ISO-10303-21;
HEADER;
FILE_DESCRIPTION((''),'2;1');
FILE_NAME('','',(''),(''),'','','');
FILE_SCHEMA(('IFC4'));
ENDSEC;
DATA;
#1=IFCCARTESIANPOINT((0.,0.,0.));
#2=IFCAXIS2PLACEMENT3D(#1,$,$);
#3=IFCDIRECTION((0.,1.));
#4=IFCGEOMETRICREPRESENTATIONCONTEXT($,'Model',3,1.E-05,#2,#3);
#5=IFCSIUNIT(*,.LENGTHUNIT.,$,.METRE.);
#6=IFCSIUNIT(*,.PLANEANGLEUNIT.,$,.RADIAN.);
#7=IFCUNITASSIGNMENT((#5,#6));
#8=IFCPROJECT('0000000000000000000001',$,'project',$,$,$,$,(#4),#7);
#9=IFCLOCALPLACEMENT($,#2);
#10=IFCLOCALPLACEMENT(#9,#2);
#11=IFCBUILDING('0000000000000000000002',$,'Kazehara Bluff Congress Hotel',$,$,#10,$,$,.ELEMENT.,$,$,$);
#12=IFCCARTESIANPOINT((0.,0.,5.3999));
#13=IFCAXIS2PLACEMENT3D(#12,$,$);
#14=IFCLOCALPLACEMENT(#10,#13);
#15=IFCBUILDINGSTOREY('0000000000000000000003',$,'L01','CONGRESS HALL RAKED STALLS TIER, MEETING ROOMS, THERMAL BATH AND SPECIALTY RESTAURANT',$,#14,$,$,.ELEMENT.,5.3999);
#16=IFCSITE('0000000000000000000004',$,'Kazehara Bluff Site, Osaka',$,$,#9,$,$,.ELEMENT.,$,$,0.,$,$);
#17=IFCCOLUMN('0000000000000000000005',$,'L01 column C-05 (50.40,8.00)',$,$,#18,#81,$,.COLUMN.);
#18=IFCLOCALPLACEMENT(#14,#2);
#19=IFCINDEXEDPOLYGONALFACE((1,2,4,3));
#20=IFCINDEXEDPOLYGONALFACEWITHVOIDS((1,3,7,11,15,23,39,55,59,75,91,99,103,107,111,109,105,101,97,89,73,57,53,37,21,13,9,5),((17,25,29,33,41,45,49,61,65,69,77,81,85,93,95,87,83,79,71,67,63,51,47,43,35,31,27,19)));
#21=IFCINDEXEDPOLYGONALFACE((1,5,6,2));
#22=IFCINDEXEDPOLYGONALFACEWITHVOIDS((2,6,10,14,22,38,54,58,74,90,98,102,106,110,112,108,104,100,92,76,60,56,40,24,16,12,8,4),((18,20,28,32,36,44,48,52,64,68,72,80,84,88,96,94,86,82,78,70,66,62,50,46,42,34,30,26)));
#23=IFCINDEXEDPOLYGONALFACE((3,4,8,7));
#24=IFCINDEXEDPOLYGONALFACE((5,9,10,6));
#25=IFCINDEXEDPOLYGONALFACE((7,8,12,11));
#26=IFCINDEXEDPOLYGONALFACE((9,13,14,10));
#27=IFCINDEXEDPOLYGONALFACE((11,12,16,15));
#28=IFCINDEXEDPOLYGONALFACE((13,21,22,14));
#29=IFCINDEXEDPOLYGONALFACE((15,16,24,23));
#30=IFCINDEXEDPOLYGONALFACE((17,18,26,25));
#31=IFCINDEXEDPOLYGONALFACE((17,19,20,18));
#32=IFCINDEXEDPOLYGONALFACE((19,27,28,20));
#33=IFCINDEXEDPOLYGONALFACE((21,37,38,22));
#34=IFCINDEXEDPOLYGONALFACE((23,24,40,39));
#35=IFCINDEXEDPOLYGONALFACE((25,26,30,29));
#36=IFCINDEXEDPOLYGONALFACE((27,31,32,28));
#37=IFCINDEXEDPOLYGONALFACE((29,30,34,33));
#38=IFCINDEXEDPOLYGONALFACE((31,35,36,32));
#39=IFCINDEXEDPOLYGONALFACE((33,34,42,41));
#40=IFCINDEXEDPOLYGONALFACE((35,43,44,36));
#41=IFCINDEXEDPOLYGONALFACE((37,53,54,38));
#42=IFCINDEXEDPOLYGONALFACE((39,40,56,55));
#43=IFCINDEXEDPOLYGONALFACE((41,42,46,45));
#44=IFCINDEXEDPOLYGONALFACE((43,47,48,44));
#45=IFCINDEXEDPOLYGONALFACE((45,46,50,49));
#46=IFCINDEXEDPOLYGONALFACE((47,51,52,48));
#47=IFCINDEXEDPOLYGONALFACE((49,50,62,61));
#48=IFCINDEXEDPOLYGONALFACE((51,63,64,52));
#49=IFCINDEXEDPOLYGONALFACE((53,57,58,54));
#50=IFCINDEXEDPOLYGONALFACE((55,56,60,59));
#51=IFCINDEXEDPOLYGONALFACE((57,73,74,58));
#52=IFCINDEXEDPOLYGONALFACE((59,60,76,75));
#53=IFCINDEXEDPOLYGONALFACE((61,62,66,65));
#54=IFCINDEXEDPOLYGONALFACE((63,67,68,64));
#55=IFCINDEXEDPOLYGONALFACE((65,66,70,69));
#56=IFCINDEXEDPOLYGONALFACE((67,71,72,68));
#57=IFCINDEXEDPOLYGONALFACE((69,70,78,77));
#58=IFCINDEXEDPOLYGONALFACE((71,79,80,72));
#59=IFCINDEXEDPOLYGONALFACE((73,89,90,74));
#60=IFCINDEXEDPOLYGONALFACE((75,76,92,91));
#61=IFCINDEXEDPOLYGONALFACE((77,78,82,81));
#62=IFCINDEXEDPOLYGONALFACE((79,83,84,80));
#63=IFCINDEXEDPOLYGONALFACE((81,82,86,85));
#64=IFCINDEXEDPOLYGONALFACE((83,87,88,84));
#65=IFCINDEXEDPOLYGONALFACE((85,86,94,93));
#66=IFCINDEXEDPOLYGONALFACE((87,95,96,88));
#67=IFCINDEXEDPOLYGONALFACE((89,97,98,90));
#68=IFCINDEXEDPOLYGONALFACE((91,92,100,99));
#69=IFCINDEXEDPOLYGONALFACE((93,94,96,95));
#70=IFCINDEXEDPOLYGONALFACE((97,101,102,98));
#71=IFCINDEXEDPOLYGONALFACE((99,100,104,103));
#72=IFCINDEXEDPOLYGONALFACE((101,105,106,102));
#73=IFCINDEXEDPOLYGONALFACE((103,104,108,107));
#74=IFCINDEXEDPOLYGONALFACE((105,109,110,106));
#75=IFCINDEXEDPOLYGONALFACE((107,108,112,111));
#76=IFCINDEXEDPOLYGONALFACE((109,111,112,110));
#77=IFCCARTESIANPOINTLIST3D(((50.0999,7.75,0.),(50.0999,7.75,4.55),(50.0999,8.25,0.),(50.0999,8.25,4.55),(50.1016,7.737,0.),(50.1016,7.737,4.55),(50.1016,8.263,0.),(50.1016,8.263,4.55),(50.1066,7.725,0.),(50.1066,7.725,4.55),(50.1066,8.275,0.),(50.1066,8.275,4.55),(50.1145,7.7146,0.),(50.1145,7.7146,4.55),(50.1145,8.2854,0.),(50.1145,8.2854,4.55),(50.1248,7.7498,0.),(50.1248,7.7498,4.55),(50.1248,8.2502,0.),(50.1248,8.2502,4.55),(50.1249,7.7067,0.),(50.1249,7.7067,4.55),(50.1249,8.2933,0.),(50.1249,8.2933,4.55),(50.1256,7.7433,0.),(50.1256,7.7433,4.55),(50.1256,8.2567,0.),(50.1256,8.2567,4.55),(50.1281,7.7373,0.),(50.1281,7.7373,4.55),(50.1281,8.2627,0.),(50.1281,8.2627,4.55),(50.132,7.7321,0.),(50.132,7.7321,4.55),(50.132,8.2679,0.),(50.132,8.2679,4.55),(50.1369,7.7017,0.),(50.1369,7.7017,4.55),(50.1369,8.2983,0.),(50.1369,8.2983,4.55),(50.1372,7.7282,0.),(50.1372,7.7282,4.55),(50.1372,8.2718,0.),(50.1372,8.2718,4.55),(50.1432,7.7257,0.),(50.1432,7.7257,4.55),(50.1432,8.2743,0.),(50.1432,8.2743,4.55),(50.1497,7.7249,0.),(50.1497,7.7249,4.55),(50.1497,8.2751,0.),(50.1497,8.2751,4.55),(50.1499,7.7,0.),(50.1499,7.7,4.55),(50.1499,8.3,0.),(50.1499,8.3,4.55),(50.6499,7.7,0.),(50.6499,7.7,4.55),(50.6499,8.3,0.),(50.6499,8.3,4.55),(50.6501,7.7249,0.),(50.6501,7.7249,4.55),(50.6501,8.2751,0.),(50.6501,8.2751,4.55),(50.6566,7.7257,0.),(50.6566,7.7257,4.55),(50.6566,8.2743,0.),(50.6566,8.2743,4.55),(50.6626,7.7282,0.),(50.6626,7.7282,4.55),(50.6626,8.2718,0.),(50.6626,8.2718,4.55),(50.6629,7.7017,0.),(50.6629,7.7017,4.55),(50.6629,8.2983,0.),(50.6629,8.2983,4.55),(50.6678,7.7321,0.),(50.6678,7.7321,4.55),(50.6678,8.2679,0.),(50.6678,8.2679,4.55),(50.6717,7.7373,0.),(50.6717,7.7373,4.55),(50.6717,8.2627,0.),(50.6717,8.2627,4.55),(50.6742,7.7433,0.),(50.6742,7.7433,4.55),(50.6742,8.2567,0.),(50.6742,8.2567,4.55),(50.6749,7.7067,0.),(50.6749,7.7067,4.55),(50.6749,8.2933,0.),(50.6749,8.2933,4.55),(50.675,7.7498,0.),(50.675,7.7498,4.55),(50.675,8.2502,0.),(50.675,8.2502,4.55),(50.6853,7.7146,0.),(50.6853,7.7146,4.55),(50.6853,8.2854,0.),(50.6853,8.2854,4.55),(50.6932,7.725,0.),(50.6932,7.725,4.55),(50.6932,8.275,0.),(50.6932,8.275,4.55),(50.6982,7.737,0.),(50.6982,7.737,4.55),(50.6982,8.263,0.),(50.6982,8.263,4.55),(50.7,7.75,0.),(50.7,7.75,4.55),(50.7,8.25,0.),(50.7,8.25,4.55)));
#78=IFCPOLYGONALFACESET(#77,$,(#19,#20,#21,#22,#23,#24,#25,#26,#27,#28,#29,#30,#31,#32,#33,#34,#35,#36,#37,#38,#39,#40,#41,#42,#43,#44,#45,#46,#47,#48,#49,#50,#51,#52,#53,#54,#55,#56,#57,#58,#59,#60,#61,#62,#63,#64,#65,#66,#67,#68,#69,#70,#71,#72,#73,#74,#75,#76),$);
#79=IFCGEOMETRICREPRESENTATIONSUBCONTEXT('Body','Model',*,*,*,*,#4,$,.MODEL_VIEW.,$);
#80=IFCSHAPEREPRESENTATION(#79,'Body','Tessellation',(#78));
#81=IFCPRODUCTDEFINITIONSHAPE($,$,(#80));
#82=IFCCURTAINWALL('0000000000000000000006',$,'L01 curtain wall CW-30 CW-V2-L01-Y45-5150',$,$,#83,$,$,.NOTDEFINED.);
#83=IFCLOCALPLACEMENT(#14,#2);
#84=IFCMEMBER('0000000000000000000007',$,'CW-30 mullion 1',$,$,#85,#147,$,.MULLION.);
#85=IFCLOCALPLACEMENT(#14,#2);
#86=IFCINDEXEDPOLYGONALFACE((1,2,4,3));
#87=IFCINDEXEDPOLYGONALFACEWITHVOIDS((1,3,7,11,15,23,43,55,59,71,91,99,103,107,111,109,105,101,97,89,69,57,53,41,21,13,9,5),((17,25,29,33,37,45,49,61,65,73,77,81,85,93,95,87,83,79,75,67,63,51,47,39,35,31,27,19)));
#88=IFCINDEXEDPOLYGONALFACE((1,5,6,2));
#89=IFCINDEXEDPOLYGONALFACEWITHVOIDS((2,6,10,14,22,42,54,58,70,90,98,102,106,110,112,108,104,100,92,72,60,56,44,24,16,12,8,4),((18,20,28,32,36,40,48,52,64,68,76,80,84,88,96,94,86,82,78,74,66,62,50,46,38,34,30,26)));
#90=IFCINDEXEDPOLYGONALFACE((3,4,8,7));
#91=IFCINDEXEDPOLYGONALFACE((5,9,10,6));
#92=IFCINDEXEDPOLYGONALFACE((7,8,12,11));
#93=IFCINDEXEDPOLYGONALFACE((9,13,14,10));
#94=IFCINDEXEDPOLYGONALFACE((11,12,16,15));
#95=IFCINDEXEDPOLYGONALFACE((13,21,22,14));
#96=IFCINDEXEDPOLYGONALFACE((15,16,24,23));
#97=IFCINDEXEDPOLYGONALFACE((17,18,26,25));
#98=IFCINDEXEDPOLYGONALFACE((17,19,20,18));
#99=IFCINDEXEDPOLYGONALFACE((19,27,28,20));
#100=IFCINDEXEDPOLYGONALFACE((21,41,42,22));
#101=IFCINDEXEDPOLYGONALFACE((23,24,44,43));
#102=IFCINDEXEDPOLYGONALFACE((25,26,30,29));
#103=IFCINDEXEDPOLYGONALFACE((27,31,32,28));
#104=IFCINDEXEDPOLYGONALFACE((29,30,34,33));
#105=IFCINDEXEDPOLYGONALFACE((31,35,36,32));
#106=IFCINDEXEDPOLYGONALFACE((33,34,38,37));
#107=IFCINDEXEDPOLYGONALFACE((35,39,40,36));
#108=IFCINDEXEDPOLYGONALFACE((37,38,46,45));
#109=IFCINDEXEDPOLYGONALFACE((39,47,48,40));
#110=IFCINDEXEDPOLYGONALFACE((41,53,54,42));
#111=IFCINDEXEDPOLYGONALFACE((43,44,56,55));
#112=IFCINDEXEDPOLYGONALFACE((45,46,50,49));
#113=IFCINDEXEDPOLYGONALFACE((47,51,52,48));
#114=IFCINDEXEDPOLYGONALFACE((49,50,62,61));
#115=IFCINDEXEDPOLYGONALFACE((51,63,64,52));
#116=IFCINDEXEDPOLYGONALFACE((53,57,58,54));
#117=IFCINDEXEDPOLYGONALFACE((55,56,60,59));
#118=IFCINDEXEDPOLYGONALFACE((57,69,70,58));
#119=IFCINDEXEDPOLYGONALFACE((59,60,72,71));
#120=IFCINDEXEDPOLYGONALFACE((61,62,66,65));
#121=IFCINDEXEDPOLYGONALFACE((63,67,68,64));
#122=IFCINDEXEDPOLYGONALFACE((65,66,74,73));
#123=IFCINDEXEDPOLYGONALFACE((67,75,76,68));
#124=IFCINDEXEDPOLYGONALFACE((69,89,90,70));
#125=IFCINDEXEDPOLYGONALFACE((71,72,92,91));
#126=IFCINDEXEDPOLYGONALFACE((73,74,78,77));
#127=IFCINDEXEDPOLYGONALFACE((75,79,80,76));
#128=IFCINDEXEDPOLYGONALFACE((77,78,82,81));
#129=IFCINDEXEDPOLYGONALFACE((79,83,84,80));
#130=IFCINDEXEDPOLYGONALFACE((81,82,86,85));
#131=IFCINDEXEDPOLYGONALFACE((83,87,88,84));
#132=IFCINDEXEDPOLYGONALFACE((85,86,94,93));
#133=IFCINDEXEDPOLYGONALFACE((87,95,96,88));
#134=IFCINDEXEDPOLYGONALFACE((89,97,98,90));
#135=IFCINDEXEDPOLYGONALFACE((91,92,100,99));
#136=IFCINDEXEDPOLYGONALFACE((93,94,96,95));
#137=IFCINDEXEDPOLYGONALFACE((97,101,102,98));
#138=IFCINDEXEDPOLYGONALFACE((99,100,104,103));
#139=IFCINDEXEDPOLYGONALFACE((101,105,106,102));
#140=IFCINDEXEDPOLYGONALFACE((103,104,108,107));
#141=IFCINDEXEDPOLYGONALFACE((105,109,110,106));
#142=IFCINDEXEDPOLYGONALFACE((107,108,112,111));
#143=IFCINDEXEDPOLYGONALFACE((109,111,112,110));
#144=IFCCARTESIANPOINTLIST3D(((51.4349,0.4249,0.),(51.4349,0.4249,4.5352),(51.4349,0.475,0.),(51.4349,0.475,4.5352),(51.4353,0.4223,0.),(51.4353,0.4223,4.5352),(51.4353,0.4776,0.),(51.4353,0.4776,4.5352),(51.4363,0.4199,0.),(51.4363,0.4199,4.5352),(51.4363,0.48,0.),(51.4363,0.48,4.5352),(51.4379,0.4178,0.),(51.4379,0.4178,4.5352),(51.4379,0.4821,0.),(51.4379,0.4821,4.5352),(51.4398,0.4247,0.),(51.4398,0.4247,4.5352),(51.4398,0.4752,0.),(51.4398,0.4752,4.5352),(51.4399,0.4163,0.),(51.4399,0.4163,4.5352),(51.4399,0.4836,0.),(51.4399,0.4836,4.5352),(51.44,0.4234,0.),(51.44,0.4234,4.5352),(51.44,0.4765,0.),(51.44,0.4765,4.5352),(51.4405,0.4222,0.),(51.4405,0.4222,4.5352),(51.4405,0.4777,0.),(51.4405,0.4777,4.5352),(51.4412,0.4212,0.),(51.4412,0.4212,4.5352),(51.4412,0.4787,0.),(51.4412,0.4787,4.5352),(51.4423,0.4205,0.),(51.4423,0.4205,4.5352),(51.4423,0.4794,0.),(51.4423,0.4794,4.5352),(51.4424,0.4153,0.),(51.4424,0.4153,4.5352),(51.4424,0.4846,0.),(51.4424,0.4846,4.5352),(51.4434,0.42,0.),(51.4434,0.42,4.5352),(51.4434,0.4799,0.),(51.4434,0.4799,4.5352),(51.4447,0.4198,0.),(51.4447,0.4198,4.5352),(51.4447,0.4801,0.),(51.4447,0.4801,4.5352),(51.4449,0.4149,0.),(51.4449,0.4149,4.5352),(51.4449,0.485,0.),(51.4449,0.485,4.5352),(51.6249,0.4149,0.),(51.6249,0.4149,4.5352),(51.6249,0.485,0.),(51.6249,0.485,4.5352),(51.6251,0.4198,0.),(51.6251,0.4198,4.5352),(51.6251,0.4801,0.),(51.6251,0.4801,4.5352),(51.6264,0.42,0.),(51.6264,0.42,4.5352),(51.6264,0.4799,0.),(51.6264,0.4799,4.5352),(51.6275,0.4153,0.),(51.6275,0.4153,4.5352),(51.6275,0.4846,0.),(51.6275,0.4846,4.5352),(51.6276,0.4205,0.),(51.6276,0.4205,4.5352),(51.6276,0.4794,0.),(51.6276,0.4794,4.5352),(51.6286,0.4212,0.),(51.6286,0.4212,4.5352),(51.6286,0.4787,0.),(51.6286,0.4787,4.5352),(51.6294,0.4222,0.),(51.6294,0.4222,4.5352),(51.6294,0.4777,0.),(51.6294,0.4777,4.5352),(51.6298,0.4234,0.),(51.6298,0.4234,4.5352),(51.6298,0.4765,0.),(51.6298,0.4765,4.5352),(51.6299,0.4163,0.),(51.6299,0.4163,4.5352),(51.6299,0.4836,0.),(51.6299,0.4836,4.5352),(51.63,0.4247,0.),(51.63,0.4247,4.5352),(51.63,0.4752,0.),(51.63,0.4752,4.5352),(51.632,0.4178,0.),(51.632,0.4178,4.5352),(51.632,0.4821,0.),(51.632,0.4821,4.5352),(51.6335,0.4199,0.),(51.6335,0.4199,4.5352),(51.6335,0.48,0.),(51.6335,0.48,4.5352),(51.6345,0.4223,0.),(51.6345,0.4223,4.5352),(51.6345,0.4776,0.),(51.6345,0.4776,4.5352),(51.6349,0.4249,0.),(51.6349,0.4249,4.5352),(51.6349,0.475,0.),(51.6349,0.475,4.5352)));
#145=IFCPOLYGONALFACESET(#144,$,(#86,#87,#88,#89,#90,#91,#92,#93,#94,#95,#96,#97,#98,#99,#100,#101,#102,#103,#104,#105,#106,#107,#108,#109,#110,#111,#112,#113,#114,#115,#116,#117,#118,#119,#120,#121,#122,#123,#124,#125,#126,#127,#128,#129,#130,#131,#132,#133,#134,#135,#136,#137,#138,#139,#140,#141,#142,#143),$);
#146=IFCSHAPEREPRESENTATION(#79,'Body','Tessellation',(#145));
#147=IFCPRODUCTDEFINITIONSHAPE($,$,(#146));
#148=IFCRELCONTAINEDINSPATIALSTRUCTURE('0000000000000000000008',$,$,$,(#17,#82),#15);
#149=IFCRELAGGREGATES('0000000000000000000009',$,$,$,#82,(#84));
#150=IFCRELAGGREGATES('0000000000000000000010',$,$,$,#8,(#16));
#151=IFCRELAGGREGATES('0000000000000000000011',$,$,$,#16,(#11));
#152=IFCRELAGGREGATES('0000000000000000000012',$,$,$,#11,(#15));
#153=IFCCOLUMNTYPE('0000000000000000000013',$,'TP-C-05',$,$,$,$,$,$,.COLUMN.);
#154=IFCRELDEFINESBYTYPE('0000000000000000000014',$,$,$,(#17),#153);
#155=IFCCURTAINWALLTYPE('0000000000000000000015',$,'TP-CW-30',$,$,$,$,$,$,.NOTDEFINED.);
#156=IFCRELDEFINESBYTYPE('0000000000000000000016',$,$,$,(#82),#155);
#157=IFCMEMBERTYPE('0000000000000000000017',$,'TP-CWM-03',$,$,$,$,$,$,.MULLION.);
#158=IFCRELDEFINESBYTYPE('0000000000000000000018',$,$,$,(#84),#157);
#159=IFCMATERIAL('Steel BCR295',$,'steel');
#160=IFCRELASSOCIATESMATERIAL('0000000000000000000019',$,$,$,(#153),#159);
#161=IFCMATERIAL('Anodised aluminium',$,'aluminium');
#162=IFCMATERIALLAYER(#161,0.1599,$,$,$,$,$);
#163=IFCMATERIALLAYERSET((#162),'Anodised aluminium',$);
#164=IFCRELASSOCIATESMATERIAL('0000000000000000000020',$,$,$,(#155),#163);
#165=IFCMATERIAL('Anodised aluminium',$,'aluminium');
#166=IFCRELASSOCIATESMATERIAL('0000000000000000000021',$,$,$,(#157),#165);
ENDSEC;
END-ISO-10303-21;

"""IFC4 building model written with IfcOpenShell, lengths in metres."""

from ifc_helpers import new_model, si_unit, direction, frame, origin, origin_2d, place, context, subcontext, project, spatial, hollow_rectangle, extrude, material, layer, layer_set, material_profile, profile_set, type_object, element, aggregate, save


model = new_model("IFC4")

# Units and contexts
model_context = context("Model", 3, precision=1e-05, world=origin(), true_north=direction((0.0, 1.0)))
body_context = subcontext(model_context, "Body", "Model", "MODEL_VIEW")
ifc_project = project(units=[si_unit("LENGTHUNIT", "METRE"), si_unit("PLANEANGLEUNIT", "RADIAN")], contexts=[model_context])

# Site, building, storey
site_placement = place(None, origin())
site = spatial("IfcSite", under=ifc_project, at=site_placement, Name="Kazehara Bluff Site, Osaka", CompositionType="ELEMENT", RefElevation=0.0)
building_placement = place(site_placement, origin())
building = spatial("IfcBuilding", under=site, at=building_placement, Name="Kazehara Bluff Congress Hotel", CompositionType="ELEMENT")
storey_placement = place(building_placement, frame((0.0, 0.0, 5.3999)))
storey = spatial("IfcBuildingStorey", under=building, at=storey_placement, Name="L01", Description="CONGRESS HALL RAKED STALLS TIER, MEETING ROOMS, THERMAL BATH AND SPECIALTY RESTAURANT", CompositionType="ELEMENT", Elevation=5.3999)

# Column
ifc_material_1 = material(Name="Steel BCR295", Category="steel")
ifc_material_profile_1 = material_profile(ifc_material_1, hollow_rectangle(XDim=0.6001, YDim=0.6001, WallThickness=0.0249, InnerFilletRadius=0.0249, OuterFilletRadius=0.05, at=origin_2d()))
ifc_profile_set_1 = profile_set([ifc_material_profile_1], Name="Steel BCR295")
column_type = type_object("IfcColumnType", Name="TP-C-05", PredefinedType="COLUMN", material=ifc_profile_set_1)
column_placement = place(storey_placement, frame((50.3999, 8.0, 0.0), z_axis=(0.0, 0.0, 1.0), x_axis=(1.0, 0.0, 0.0)))
element("IfcColumn", 1, at=column_placement, inside=storey, type_object=column_type, Name="L01 column C-05 (50.40,8.00)", PredefinedType="COLUMN", context=body_context, shape_type="SweptSolid", body=[
    extrude(hollow_rectangle(XDim=0.6001, YDim=0.6001, WallThickness=0.0249, InnerFilletRadius=0.0249, OuterFilletRadius=0.05, at=origin_2d()), origin(), (0.0, 0.0, 1.0), 4.55),
])

# Curtain wall, member
ifc_material_2 = material(Name="Anodised aluminium", Category="aluminium")
ifc_layer_1 = layer(ifc_material_2, 0.1599)
ifc_layer_set_1 = layer_set([ifc_layer_1], Name="Anodised aluminium")
curtain_wall_type = type_object("IfcCurtainWallType", Name="TP-CW-30", PredefinedType="NOTDEFINED", material=ifc_layer_set_1)
curtain_wall_placement = place(storey_placement, origin())
curtain_wall = element("IfcCurtainWall", 2, at=curtain_wall_placement, inside=storey, type_object=curtain_wall_type, Name="L01 curtain wall CW-30 CW-V2-L01-Y45-5150", PredefinedType="NOTDEFINED")
ifc_material_3 = material(Name="Anodised aluminium", Category="aluminium")
ifc_material_profile_2 = material_profile(ifc_material_3, hollow_rectangle(XDim=0.0701, YDim=0.2, WallThickness=0.0049, InnerFilletRadius=0.0049, OuterFilletRadius=0.01, at=origin_2d()))
ifc_profile_set_2 = profile_set([ifc_material_profile_2], Name="Anodised aluminium")
member_type_1 = type_object("IfcMemberType", Name="TP-CWM-03", PredefinedType="MULLION", material=ifc_profile_set_2)
member_1_placement = place(storey_placement, frame((51.5349, 0.45, 0.0), z_axis=(0.0, 0.0, 1.0), x_axis=(0.0, 1.0, 0.0)))
member_1 = element("IfcMember", 3, at=member_1_placement, type_object=member_type_1, Name="CW-30 mullion 1", PredefinedType="MULLION", context=body_context, shape_type="SweptSolid", body=[
    extrude(hollow_rectangle(XDim=0.0701, YDim=0.2, WallThickness=0.0049, InnerFilletRadius=0.0049, OuterFilletRadius=0.01, at=origin_2d()), origin(), (0.0, 0.0, 1.0), 4.5352),
])

aggregate(curtain_wall, [member_1])

save(model, "model.ifc")
